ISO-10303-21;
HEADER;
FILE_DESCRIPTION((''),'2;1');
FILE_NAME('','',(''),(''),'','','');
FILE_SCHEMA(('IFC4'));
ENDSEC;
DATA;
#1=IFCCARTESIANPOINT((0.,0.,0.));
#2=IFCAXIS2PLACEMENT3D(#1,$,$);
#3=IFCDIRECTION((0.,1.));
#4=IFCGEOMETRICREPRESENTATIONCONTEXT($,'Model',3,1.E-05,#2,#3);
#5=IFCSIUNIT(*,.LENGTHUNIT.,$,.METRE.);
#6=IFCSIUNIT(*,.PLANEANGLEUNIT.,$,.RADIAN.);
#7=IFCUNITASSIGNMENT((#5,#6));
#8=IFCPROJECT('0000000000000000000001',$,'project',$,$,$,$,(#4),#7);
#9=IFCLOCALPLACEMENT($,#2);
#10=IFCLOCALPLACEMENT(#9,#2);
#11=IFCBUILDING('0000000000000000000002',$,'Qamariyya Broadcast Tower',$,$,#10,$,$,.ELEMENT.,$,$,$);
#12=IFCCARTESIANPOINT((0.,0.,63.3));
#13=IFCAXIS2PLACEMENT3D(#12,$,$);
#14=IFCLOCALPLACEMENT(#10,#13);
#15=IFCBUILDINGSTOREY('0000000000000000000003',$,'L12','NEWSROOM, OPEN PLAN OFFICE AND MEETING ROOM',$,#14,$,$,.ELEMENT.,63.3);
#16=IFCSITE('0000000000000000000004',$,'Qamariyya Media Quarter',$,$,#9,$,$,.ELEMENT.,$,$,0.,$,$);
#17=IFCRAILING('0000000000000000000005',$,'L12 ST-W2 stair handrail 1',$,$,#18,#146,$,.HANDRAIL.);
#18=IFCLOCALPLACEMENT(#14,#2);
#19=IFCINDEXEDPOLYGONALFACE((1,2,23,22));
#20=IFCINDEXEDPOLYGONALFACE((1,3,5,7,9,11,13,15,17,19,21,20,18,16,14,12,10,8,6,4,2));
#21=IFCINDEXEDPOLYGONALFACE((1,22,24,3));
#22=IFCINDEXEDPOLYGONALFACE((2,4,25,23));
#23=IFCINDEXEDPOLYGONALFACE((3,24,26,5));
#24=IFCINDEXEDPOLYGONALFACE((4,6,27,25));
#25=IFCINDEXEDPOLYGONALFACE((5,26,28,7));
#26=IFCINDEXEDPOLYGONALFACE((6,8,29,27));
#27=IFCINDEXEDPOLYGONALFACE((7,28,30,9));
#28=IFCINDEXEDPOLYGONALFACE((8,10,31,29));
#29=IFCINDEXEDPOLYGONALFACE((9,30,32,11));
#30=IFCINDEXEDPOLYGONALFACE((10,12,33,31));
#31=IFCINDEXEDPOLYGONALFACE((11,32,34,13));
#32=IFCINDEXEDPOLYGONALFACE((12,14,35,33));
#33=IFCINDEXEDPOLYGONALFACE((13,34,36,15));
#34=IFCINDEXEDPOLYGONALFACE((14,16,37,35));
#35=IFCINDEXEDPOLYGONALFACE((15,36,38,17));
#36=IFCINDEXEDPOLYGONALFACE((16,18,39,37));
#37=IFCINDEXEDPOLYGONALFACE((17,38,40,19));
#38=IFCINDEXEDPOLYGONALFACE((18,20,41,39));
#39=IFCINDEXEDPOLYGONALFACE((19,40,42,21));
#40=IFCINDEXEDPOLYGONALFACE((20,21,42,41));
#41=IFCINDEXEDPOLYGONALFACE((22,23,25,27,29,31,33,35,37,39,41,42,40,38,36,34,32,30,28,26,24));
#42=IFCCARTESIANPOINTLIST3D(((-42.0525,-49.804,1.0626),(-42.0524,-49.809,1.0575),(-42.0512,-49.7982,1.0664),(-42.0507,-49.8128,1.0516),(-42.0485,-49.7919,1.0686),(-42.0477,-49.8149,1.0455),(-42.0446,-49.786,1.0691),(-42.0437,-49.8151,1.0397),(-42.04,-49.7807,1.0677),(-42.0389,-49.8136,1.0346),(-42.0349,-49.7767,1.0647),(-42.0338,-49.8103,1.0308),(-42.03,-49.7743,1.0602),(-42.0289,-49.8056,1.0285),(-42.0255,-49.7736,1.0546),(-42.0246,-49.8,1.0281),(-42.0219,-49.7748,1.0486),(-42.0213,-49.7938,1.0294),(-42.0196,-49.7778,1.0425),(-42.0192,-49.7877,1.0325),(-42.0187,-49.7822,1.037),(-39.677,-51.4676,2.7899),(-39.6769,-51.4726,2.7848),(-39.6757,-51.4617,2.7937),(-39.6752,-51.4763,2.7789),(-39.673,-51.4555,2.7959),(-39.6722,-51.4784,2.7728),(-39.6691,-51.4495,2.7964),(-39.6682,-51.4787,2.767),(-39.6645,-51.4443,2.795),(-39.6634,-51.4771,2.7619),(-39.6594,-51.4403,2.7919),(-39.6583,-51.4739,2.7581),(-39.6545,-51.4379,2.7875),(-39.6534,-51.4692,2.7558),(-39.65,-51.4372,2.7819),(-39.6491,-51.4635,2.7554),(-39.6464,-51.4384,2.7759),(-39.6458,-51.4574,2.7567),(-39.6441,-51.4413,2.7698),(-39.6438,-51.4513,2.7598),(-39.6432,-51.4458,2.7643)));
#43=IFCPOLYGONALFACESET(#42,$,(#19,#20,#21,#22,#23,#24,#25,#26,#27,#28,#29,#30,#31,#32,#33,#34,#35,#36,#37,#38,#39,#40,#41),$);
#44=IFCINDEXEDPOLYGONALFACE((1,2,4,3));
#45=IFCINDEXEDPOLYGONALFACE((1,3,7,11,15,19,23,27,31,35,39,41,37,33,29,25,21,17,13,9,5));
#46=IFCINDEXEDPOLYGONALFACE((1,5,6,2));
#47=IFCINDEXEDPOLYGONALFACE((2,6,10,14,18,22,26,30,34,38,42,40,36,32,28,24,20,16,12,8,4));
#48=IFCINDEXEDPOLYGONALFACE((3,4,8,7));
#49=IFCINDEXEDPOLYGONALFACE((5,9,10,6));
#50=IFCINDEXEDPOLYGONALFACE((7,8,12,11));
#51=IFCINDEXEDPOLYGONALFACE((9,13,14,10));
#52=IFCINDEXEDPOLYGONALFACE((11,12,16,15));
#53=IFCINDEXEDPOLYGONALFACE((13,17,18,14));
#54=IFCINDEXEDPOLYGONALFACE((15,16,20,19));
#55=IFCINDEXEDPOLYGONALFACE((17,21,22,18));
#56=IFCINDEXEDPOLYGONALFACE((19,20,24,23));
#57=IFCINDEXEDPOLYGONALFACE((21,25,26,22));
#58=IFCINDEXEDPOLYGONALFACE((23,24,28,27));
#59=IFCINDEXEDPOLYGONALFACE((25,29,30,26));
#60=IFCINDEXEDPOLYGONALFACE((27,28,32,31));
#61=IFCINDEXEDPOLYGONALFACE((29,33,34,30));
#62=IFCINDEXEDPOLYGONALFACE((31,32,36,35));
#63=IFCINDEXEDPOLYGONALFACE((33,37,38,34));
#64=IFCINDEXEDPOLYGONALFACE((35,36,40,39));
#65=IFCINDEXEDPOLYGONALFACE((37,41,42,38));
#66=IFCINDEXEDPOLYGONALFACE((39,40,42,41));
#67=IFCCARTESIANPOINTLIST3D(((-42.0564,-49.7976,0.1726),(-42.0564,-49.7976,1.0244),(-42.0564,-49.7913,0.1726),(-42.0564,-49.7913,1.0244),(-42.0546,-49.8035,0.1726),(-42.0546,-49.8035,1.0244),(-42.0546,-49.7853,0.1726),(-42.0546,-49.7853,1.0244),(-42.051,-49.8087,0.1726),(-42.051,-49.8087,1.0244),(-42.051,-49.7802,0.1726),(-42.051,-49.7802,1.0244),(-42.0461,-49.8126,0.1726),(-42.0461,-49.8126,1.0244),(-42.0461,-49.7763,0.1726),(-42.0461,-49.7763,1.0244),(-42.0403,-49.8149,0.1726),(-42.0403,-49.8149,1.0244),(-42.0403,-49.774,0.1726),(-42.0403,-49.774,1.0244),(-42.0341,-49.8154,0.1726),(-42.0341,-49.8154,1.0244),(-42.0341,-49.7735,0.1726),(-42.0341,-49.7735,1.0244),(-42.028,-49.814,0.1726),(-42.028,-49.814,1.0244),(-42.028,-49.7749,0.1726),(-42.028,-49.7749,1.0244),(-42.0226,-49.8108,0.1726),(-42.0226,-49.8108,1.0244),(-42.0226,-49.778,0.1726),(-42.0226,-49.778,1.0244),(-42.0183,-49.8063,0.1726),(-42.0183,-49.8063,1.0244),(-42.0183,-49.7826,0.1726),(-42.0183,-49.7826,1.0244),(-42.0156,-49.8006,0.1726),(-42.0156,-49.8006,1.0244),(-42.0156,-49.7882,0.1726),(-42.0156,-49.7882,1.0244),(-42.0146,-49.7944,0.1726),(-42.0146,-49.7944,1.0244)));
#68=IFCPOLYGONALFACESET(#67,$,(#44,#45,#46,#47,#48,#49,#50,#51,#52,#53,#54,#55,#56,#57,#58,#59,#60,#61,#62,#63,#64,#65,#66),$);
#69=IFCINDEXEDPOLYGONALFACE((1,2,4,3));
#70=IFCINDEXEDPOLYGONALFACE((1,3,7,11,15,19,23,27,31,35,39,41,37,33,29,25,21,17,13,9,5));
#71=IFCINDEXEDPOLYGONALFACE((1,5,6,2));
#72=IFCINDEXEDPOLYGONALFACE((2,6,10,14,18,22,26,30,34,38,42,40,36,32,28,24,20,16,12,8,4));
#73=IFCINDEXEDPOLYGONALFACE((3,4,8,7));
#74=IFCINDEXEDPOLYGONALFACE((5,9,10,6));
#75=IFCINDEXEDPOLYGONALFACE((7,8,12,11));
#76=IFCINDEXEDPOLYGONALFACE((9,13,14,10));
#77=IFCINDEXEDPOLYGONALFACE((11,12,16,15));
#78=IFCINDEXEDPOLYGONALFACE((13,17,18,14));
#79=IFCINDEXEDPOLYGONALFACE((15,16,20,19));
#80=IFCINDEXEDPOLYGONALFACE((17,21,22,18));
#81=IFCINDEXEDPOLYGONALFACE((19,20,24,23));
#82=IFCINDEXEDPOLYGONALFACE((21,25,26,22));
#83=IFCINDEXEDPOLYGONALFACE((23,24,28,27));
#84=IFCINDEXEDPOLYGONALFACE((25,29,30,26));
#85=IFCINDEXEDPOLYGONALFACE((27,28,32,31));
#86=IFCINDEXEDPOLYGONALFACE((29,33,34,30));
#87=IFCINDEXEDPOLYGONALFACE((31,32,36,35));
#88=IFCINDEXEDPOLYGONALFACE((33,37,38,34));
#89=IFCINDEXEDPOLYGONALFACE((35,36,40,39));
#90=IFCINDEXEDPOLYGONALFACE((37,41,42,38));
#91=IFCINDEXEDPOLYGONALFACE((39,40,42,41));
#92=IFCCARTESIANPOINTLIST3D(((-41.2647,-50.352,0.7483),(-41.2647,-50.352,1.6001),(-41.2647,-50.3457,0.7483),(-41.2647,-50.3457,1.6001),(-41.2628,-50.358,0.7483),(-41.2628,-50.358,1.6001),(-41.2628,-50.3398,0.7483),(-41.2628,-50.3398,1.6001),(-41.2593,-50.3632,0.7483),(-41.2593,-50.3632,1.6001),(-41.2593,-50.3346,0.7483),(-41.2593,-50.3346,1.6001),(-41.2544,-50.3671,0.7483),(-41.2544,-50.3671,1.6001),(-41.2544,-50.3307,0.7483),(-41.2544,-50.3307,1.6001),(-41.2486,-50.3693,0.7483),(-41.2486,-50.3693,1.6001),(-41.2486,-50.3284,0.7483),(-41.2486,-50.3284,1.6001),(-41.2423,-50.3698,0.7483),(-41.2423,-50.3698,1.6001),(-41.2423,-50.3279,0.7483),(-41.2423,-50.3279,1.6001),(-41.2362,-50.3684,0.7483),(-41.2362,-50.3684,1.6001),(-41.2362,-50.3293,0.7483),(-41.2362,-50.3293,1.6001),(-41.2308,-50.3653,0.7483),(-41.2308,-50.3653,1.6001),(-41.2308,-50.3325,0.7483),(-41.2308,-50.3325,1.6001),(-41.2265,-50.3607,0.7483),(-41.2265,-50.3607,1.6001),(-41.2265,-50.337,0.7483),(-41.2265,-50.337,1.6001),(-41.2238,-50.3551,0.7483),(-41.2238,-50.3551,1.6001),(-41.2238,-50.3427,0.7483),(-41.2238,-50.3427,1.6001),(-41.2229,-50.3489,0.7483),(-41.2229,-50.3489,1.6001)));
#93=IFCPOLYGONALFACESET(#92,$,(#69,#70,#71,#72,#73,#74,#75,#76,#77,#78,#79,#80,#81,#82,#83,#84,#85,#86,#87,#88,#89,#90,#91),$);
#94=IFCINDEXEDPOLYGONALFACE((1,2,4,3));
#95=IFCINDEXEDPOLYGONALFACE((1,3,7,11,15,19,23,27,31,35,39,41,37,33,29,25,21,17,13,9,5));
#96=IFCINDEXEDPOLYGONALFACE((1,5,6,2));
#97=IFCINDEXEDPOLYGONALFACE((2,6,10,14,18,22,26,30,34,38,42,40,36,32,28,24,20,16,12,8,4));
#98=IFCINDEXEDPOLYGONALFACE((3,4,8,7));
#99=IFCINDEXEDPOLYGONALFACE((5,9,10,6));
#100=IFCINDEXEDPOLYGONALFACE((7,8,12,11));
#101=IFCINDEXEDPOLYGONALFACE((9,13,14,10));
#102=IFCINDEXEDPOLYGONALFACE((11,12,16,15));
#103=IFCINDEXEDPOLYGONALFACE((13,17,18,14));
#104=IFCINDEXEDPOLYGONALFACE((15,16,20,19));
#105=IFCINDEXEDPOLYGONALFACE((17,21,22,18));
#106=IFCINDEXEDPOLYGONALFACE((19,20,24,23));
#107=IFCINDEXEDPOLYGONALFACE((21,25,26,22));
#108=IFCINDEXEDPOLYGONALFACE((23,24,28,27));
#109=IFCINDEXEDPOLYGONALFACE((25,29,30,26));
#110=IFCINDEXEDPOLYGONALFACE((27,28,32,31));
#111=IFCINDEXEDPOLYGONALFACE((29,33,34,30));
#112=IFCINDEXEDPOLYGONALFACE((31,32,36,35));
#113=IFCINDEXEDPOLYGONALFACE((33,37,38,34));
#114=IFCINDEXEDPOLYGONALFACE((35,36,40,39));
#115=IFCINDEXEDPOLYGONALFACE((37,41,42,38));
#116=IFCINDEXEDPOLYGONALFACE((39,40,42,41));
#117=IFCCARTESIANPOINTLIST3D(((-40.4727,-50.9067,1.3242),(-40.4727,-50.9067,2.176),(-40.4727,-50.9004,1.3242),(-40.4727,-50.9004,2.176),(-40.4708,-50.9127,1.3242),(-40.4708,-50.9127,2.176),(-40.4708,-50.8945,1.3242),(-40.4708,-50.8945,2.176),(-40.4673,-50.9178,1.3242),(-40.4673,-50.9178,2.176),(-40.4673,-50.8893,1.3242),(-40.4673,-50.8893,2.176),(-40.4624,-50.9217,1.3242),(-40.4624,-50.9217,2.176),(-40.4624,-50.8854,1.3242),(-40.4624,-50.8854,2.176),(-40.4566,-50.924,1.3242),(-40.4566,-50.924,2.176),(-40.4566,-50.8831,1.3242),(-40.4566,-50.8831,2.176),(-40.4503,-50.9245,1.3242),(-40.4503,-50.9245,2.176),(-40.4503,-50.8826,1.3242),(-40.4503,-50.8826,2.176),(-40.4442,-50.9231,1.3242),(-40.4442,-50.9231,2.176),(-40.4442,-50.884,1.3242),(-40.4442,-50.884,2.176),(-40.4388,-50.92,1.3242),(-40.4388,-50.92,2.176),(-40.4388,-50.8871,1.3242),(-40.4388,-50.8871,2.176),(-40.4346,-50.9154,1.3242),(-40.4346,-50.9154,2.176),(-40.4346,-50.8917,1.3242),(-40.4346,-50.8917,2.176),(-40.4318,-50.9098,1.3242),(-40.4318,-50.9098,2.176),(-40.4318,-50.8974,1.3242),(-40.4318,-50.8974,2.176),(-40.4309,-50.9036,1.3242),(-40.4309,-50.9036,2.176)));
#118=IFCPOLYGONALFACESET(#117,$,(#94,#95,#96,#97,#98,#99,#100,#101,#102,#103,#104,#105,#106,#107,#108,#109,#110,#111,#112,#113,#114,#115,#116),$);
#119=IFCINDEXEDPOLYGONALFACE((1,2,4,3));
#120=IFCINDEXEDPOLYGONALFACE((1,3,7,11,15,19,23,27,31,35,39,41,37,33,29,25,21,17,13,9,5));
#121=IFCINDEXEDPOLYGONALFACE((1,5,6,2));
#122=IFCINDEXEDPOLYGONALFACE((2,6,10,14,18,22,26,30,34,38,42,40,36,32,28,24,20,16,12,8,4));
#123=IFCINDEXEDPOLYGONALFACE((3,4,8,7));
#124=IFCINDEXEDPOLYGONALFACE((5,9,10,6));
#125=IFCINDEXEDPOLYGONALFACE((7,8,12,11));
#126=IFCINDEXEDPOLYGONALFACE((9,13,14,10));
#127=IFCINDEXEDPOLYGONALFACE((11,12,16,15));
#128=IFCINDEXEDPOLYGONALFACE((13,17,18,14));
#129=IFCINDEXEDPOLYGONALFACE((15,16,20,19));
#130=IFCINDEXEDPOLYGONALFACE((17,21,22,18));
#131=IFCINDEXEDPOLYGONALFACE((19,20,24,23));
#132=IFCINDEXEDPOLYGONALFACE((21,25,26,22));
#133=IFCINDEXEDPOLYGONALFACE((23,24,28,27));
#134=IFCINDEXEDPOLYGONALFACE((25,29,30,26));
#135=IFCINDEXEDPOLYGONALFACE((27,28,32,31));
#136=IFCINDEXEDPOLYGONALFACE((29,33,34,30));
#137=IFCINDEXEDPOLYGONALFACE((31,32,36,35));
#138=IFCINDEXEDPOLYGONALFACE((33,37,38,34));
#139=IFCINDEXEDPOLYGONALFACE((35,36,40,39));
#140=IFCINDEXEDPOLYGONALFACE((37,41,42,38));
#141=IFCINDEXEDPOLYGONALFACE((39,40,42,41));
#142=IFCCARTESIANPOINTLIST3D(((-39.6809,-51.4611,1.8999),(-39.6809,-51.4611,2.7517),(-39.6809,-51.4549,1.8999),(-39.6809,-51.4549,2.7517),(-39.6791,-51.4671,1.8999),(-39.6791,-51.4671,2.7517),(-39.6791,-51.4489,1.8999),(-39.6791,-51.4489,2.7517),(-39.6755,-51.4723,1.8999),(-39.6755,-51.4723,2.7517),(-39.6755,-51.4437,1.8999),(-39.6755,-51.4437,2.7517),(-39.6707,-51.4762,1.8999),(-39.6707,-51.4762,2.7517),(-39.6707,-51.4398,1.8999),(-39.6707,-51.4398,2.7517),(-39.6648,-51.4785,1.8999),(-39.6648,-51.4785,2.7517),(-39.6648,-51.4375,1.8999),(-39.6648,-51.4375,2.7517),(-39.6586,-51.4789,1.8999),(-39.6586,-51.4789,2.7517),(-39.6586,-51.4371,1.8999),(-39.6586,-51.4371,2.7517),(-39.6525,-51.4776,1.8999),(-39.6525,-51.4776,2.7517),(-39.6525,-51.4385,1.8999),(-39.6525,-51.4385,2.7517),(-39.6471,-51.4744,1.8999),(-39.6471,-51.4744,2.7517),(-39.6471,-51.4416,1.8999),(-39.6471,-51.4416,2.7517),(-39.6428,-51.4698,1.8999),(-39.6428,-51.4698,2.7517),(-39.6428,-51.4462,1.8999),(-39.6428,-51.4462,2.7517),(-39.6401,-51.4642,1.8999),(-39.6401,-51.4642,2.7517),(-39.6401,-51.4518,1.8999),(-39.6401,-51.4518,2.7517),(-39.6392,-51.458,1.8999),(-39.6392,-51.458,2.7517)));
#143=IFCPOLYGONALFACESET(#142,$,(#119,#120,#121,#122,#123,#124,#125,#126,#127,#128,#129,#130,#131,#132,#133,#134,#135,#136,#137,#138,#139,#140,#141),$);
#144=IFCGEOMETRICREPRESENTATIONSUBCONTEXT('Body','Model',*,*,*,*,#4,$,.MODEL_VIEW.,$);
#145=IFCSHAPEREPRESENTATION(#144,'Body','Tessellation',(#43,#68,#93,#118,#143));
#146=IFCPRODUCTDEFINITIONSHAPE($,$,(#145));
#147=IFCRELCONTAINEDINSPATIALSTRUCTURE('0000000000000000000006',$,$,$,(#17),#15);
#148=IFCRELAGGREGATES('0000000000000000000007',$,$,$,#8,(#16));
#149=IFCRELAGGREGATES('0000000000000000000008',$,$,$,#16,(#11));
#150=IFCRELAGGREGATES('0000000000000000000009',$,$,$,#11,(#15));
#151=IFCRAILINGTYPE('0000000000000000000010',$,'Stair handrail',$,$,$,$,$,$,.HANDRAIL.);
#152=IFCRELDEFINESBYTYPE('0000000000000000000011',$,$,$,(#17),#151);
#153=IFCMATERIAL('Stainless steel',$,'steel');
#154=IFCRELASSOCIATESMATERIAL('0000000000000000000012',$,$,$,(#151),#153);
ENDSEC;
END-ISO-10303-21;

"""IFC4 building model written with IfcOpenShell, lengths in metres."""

from ifc_helpers import new_model, si_unit, direction, frame, origin, origin_2d, place, context, subcontext, project, spatial, circle, extrude, material, type_object, element, save


model = new_model("IFC4")

# Units and contexts
model_context = context("Model", 3, precision=1e-05, world=origin(), true_north=direction((0.0, 1.0)))
body_context = subcontext(model_context, "Body", "Model", "MODEL_VIEW")
ifc_project = project(units=[si_unit("LENGTHUNIT", "METRE"), si_unit("PLANEANGLEUNIT", "RADIAN")], contexts=[model_context])

# Site, building, storey
site_placement = place(None, origin())
site = spatial("IfcSite", under=ifc_project, at=site_placement, Name="Qamariyya Media Quarter", CompositionType="ELEMENT", RefElevation=0.0)
building_placement = place(site_placement, origin())
building = spatial("IfcBuilding", under=site, at=building_placement, Name="Qamariyya Broadcast Tower", CompositionType="ELEMENT")
storey_placement = place(building_placement, frame((0.0, 0.0, 63.3)))
storey = spatial("IfcBuildingStorey", under=building, at=storey_placement, Name="L12", Description="NEWSROOM, OPEN PLAN OFFICE AND MEETING ROOM", CompositionType="ELEMENT", Elevation=63.3)

# Railing
ifc_material_1 = material(Name="Stainless steel", Category="steel")
railing_type_1 = type_object("IfcRailingType", Name="Stair handrail", PredefinedType="HANDRAIL", material=ifc_material_1)
railing_1_placement = place(storey_placement, frame((-42.0356, -49.7944, 0.1726)))
element("IfcRailing", 1, at=railing_1_placement, inside=storey, type_object=railing_type_1, Name="L12 ST-W2 stair handrail 1", PredefinedType="HANDRAIL", context=body_context, shape_type="SweptSolid", body=[
    extrude(circle(Radius=0.0239, at=origin_2d()), frame((0.0, 0.0, 0.876), z_axis=(0.703745, -0.492838, 0.511716), x_axis=(0.573632, 0.819113, 0.0)), (0.0, 0.0, 1.0), 3.3755),
    extrude(circle(Radius=0.021, at=origin_2d()), origin(), (0.0, 0.0, 1.0), 0.8518),
    extrude(circle(Radius=0.021, at=origin_2d()), frame((0.7917, -0.5544, 0.5757)), (0.0, 0.0, 1.0), 0.8518),
    extrude(circle(Radius=0.021, at=origin_2d()), frame((1.5837, -1.1091, 1.1516)), (0.0, 0.0, 1.0), 0.8518),
    extrude(circle(Radius=0.021, at=origin_2d()), frame((2.3755, -1.6636, 1.7273)), (0.0, 0.0, 1.0), 0.8518),
])

save(model, "model.ifc")
